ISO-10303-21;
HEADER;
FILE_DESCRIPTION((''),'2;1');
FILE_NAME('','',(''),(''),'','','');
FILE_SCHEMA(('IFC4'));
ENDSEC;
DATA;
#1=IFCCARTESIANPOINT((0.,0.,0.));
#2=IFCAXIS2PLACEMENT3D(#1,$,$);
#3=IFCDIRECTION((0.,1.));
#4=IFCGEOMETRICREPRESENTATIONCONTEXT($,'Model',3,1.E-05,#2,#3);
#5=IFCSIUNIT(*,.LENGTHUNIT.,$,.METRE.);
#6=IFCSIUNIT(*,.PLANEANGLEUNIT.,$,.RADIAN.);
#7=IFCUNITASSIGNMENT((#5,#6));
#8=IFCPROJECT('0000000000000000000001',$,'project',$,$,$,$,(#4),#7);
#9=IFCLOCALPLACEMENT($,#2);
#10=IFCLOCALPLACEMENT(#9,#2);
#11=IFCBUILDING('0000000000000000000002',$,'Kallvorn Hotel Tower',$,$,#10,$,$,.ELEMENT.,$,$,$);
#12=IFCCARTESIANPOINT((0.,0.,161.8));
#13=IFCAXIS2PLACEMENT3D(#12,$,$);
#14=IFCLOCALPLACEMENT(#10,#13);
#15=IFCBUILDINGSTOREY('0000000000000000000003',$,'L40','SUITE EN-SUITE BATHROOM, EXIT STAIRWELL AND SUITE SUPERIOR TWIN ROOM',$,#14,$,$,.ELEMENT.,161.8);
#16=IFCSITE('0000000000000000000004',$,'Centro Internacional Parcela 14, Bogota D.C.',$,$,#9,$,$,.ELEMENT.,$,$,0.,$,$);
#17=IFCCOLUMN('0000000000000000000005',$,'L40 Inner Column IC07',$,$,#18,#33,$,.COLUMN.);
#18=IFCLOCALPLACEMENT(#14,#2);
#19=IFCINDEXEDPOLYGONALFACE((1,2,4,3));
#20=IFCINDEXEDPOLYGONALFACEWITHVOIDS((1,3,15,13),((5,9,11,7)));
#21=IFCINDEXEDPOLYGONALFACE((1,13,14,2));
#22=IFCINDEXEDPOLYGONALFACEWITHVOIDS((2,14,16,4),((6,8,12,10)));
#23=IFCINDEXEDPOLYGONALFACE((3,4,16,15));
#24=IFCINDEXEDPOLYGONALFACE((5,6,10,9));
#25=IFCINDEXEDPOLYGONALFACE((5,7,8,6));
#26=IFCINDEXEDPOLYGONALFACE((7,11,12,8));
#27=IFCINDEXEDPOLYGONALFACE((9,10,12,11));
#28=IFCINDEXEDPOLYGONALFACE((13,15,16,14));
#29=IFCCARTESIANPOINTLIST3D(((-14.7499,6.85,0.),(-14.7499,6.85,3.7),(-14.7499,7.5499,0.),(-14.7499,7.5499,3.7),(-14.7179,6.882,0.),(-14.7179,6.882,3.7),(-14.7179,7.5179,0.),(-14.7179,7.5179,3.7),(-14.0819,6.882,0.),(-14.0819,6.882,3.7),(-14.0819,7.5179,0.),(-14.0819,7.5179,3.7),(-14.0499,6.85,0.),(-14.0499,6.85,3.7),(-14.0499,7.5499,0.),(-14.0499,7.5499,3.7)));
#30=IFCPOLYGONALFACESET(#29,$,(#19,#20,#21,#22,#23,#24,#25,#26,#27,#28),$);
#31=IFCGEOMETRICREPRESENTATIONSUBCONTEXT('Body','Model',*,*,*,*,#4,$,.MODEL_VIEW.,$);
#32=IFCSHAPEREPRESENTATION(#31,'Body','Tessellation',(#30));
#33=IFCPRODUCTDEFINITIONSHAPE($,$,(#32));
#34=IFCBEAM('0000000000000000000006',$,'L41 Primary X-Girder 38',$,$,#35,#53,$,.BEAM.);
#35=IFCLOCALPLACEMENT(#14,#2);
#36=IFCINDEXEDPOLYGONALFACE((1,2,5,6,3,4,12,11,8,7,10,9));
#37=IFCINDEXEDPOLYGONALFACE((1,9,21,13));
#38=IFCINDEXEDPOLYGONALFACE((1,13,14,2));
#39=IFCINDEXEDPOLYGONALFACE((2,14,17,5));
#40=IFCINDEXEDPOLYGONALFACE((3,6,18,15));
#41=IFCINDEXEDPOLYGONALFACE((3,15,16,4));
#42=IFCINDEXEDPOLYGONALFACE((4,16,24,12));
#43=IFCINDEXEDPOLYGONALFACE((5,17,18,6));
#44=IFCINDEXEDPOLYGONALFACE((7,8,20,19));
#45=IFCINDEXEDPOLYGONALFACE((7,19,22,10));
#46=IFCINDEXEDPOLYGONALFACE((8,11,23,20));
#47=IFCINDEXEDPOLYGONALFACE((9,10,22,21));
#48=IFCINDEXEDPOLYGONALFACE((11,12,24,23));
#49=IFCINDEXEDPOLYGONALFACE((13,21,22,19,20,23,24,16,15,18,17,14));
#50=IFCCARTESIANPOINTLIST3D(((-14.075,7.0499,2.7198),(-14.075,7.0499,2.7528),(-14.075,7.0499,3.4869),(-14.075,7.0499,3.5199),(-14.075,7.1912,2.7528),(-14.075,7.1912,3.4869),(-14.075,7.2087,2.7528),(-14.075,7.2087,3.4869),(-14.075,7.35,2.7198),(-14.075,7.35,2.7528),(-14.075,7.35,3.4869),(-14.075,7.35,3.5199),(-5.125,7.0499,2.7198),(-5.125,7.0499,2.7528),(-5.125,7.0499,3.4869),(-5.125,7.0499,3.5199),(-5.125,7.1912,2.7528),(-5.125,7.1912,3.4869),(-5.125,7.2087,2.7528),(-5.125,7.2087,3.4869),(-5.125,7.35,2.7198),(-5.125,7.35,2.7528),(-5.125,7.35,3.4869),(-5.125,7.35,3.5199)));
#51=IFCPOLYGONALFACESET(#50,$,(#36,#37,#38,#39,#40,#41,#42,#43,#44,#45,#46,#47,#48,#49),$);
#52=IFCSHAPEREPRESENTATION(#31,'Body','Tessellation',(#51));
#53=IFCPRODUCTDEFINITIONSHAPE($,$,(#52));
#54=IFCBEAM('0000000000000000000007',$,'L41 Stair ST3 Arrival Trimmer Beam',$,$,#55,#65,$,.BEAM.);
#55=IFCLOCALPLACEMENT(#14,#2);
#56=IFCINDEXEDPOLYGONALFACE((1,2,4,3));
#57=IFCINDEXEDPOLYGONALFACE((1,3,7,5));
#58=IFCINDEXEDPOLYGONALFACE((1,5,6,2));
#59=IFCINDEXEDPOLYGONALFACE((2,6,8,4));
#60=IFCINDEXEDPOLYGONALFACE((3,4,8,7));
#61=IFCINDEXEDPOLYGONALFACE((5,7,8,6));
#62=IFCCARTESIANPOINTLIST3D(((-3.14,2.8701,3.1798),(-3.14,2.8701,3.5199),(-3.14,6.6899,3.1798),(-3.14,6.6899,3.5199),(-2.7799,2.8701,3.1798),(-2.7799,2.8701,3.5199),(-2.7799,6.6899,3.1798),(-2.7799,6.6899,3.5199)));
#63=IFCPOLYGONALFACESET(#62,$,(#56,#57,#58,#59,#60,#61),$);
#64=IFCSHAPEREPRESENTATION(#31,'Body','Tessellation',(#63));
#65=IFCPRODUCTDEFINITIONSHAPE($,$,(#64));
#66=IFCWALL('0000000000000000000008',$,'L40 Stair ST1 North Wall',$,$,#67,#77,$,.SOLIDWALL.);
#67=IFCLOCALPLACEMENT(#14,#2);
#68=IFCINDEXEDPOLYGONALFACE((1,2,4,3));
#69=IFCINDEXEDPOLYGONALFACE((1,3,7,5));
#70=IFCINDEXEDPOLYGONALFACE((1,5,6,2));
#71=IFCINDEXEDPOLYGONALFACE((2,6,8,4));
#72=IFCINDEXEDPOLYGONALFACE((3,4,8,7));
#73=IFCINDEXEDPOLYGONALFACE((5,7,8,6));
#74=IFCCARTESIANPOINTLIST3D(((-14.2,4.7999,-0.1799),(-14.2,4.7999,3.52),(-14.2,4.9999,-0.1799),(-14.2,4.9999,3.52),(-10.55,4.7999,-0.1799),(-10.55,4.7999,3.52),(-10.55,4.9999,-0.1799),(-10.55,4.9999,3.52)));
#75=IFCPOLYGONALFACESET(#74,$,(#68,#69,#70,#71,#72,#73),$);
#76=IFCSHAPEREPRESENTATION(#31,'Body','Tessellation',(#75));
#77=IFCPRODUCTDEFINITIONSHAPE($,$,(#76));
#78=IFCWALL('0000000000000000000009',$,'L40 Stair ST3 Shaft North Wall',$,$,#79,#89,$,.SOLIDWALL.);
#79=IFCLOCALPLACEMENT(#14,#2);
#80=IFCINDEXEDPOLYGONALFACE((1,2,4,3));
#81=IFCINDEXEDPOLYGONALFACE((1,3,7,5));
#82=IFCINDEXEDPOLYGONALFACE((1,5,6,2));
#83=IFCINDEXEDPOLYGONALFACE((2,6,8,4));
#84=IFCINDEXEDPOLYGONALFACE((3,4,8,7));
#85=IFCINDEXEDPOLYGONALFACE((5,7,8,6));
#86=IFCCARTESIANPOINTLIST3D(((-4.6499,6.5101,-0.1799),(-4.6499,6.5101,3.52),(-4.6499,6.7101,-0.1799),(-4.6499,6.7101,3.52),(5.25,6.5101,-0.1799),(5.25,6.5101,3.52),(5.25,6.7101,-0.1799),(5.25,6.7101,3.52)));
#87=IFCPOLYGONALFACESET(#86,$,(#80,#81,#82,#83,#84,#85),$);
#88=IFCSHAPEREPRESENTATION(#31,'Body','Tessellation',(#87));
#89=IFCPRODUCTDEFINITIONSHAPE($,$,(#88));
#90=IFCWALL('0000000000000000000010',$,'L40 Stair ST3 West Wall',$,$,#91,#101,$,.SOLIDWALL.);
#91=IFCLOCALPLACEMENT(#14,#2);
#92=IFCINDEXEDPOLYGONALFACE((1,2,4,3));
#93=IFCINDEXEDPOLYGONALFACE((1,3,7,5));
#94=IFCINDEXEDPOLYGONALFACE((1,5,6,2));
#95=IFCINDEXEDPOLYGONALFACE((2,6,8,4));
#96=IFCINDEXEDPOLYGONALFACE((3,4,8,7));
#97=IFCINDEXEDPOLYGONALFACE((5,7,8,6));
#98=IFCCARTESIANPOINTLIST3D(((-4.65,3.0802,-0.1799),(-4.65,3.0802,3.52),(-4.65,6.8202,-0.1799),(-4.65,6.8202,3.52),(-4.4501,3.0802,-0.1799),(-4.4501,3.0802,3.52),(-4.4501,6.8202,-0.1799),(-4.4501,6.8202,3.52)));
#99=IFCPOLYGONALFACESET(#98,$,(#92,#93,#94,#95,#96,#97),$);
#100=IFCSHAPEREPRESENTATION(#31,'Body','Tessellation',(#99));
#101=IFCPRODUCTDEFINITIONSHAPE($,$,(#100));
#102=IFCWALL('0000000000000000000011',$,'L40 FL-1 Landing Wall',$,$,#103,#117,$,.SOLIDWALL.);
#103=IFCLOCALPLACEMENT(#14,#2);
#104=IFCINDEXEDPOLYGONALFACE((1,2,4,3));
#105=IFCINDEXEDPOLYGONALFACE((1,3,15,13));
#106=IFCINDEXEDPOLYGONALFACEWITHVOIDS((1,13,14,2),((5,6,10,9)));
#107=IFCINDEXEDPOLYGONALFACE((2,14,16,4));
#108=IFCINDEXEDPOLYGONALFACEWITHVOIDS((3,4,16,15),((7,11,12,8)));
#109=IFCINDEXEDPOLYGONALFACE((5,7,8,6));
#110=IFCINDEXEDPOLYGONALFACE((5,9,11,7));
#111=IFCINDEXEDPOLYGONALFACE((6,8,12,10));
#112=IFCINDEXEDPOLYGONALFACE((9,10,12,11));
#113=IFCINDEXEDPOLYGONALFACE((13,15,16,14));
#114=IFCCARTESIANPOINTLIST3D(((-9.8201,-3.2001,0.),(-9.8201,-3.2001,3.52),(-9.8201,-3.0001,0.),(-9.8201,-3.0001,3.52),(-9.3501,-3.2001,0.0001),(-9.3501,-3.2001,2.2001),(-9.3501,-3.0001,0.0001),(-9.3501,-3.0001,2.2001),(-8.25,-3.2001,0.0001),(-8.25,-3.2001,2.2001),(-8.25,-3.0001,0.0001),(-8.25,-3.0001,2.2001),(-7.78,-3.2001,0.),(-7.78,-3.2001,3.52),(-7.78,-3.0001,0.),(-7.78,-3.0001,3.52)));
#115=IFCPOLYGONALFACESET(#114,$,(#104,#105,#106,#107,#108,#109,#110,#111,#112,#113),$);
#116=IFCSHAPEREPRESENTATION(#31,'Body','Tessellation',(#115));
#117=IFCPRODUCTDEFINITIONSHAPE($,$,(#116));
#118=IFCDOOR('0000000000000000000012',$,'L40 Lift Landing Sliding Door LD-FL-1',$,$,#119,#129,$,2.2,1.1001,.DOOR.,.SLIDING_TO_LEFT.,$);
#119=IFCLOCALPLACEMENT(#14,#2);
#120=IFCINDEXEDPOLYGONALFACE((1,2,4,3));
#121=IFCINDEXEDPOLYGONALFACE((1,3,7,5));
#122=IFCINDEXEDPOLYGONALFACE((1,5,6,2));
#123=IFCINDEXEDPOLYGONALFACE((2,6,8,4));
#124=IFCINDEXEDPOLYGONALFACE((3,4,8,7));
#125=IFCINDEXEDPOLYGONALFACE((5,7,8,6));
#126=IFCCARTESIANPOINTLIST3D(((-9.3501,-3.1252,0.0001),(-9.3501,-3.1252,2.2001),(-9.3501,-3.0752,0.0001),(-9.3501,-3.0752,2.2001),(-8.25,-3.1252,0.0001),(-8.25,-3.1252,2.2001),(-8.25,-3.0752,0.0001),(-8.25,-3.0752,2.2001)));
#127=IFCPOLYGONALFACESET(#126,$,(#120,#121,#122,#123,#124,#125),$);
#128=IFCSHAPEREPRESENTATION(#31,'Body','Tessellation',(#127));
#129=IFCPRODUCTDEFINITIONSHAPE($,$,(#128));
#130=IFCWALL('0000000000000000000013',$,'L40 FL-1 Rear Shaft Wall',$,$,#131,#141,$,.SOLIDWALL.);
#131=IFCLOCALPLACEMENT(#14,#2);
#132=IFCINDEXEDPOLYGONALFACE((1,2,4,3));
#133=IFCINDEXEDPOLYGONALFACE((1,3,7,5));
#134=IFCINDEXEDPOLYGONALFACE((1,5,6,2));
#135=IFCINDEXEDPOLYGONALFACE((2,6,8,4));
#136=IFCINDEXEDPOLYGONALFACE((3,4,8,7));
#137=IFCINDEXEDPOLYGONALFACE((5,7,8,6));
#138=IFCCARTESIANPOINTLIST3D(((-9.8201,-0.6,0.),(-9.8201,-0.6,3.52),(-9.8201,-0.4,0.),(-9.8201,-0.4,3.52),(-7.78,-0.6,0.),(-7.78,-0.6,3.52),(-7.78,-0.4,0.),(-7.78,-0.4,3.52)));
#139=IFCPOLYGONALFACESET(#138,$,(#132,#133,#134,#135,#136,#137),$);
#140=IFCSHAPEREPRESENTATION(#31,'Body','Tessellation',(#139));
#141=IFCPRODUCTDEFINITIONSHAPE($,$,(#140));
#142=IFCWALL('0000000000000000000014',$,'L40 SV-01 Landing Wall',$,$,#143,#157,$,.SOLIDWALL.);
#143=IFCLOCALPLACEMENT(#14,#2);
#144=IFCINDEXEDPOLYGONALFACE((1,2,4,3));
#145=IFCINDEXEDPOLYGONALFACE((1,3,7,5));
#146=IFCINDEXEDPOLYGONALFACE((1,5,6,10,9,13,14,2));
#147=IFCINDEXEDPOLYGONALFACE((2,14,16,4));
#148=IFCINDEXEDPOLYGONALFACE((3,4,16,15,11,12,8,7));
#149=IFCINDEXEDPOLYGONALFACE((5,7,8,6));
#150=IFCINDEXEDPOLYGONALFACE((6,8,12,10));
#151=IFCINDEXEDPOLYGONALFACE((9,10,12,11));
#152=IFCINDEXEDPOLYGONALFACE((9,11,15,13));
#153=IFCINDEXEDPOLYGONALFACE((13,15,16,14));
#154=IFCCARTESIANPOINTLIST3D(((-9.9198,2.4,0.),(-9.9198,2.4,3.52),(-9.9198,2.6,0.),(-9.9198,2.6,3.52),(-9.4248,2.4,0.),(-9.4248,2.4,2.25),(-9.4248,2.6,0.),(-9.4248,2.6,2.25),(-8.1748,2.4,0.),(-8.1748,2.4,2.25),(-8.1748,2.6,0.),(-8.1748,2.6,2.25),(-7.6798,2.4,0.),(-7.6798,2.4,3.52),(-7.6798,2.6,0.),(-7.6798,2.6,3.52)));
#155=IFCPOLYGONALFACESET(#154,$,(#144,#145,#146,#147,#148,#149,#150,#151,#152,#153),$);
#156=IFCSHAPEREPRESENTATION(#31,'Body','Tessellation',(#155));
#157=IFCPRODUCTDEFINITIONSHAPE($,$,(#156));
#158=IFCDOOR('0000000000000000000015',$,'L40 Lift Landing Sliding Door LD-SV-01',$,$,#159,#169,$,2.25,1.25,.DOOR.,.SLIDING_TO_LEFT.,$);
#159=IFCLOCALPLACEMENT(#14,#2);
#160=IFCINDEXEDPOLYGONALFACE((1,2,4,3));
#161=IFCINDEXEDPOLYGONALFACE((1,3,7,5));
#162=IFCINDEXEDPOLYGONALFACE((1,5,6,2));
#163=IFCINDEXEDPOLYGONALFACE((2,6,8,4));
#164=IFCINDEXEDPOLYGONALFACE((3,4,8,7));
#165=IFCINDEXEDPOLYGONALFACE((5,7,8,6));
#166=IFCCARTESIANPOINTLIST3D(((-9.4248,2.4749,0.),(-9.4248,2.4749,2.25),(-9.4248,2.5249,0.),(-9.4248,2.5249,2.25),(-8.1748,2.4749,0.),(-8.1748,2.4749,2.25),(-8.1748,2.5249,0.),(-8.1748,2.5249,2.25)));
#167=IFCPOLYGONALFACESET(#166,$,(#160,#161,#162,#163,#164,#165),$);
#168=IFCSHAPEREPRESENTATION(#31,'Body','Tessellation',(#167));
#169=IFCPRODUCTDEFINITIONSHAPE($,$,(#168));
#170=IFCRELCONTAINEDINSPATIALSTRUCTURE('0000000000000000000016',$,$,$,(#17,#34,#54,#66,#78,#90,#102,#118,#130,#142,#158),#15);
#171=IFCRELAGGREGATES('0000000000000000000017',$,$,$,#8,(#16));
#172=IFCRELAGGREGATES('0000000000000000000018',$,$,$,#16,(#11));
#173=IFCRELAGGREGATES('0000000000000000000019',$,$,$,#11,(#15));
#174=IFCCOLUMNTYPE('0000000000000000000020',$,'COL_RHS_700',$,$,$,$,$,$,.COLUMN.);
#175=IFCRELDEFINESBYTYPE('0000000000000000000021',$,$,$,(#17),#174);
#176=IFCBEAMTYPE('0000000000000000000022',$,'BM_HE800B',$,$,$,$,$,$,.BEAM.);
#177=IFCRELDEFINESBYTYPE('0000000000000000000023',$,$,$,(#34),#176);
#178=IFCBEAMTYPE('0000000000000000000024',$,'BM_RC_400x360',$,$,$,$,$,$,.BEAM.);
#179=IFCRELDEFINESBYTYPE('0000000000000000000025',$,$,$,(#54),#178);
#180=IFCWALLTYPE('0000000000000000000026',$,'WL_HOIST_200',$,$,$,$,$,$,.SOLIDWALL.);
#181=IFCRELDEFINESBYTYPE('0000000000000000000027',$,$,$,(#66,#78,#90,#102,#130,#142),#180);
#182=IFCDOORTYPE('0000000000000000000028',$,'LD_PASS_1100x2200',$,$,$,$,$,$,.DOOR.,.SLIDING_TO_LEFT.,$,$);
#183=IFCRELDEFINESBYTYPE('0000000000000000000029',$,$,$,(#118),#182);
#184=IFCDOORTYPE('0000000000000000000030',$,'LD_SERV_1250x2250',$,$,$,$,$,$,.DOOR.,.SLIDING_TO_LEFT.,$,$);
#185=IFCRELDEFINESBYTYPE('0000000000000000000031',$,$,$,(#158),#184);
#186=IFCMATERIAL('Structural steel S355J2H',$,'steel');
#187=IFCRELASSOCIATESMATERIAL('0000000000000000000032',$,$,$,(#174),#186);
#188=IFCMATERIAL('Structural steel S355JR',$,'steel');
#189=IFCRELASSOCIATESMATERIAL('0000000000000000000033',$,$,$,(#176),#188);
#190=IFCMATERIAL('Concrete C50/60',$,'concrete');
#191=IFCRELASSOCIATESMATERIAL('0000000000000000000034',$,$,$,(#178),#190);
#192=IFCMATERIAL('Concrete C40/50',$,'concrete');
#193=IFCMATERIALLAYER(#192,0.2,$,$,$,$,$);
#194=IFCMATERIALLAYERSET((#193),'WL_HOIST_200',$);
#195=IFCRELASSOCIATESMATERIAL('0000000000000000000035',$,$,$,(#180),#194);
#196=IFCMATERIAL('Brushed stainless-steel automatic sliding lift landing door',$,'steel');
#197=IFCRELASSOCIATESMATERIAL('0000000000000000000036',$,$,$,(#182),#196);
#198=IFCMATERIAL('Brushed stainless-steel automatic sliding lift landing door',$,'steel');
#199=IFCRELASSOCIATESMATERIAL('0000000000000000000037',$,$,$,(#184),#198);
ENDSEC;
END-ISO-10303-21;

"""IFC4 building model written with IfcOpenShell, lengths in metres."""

from ifc_helpers import new_model, si_unit, direction, frame, frame_2d, origin, origin_2d, place, context, subcontext, project, spatial, rectangle, hollow_rectangle, i_section, extrude, material, layer, layer_set, material_profile, profile_set, type_object, element, fill, save


model = new_model("IFC4")

# Units and contexts
model_context = context("Model", 3, precision=1e-05, world=origin(), true_north=direction((0.0, 1.0)))
body_context = subcontext(model_context, "Body", "Model", "MODEL_VIEW")
ifc_project = project(units=[si_unit("LENGTHUNIT", "METRE"), si_unit("PLANEANGLEUNIT", "RADIAN")], contexts=[model_context])

# Site, building, storey
site_placement = place(None, origin())
site = spatial("IfcSite", under=ifc_project, at=site_placement, Name="Centro Internacional Parcela 14, Bogota D.C.", CompositionType="ELEMENT", RefElevation=0.0)
building_placement = place(site_placement, origin())
building = spatial("IfcBuilding", under=site, at=building_placement, Name="Kallvorn Hotel Tower", CompositionType="ELEMENT")
storey_placement = place(building_placement, frame((0.0, 0.0, 161.8)))
storey = spatial("IfcBuildingStorey", under=building, at=storey_placement, Name="L40", Description="SUITE EN-SUITE BATHROOM, EXIT STAIRWELL AND SUITE SUPERIOR TWIN ROOM", CompositionType="ELEMENT", Elevation=161.8)

# Column
ifc_material_1 = material(Name="Structural steel S355J2H", Category="steel")
ifc_material_profile_1 = material_profile(ifc_material_1, hollow_rectangle(XDim=0.7, YDim=0.7, WallThickness=0.032, at=origin_2d()), Name="RHS 700x700x32")
ifc_profile_set_1 = profile_set([ifc_material_profile_1], Name="Structural steel S355J2H")
column_type = type_object("IfcColumnType", Name="COL_RHS_700", PredefinedType="COLUMN", material=ifc_profile_set_1)
column_placement = place(storey_placement, frame((-14.3999, 7.2, 0.0), z_axis=(0.0, 0.0, 1.0), x_axis=(1.0, 0.0, 0.0)))
element("IfcColumn", 1, at=column_placement, inside=storey, type_object=column_type, Name="L40 Inner Column IC07", PredefinedType="COLUMN", context=body_context, shape_type="SweptSolid", body=[
    extrude(hollow_rectangle(XDim=0.7, YDim=0.7, WallThickness=0.032, at=origin_2d()), origin(), (0.0, 0.0, 1.0), 3.7),
])

# Beams
ifc_material_2 = material(Name="Structural steel S355JR", Category="steel")
ifc_material_profile_2 = material_profile(ifc_material_2, i_section(OverallWidth=0.3, OverallDepth=0.8, WebThickness=0.0176, FlangeThickness=0.033, at=origin_2d()), Name="HE 800 B")
ifc_profile_set_2 = profile_set([ifc_material_profile_2], Name="Structural steel S355JR")
beam_type_1 = type_object("IfcBeamType", Name="BM_HE800B", PredefinedType="BEAM", material=ifc_profile_set_2)
beam_1_placement = place(storey_placement, frame((-14.075, 7.2, 3.1199), z_axis=(1.0, 0.0, 0.0), x_axis=(0.0, 1.0, 0.0)))
element("IfcBeam", 2, at=beam_1_placement, inside=storey, type_object=beam_type_1, Name="L41 Primary X-Girder 38", PredefinedType="BEAM", context=body_context, shape_type="SweptSolid", body=[
    extrude(i_section(OverallWidth=0.3, OverallDepth=0.8, WebThickness=0.0176, FlangeThickness=0.033, at=origin_2d()), origin(), (0.0, 0.0, 1.0), 8.95),
])
ifc_material_3 = material(Name="Concrete C50/60", Category="concrete")
ifc_material_profile_3 = material_profile(ifc_material_3, rectangle(XDim=0.3601, YDim=0.3401, at=origin_2d()), Name="RC 360x340")
ifc_profile_set_3 = profile_set([ifc_material_profile_3], Name="Concrete C50/60")
beam_type_2 = type_object("IfcBeamType", Name="BM_RC_400x360", PredefinedType="BEAM", material=ifc_profile_set_3)
beam_2_placement = place(storey_placement, frame((-2.96, 2.8701, 3.3499), z_axis=(0.0, 1.0, 0.0), x_axis=(-1.0, 0.0, 0.0)))
element("IfcBeam", 3, at=beam_2_placement, inside=storey, type_object=beam_type_2, Name="L41 Stair ST3 Arrival Trimmer Beam", PredefinedType="BEAM", context=body_context, shape_type="SweptSolid", body=[
    extrude(rectangle(XDim=0.3601, YDim=0.3401, at=origin_2d()), origin(), (0.0, 0.0, 1.0), 3.8198),
])

# Walls
ifc_material_4 = material(Name="Concrete C40/50", Category="concrete")
ifc_layer_1 = layer(ifc_material_4, 0.2)
ifc_layer_set_1 = layer_set([ifc_layer_1], Name="WL_HOIST_200")
wall_type_1 = type_object("IfcWallType", Name="WL_HOIST_200", PredefinedType="SOLIDWALL", material=ifc_layer_set_1)
wall_1_placement = place(storey_placement, frame((-14.2, 4.8999, -0.1799), z_axis=(0.0, 0.0, 1.0), x_axis=(1.0, 0.0, 0.0)))
element("IfcWall", 4, at=wall_1_placement, inside=storey, type_object=wall_type_1, Name="L40 Stair ST1 North Wall", PredefinedType="SOLIDWALL", context=body_context, shape_type="SweptSolid", body=[
    extrude(rectangle(XDim=3.6499, YDim=0.2, at=frame_2d((1.825, 0.0))), origin(), (0.0, 0.0, 1.0), 3.7),
])
wall_2_placement = place(storey_placement, frame((-4.6499, 6.6101, -0.1799), z_axis=(0.0, 0.0, 1.0), x_axis=(1.0, 0.0, 0.0)))
element("IfcWall", 5, at=wall_2_placement, inside=storey, type_object=wall_type_1, Name="L40 Stair ST3 Shaft North Wall", PredefinedType="SOLIDWALL", context=body_context, shape_type="SweptSolid", body=[
    extrude(rectangle(XDim=9.8999, YDim=0.2, at=frame_2d((4.95, 0.0))), origin(), (0.0, 0.0, 1.0), 3.7),
])
wall_3_placement = place(storey_placement, frame((-4.55, 3.0801, -0.1799), z_axis=(0.0, 0.0, 1.0), x_axis=(0.0, 1.0, 0.0)))
element("IfcWall", 6, at=wall_3_placement, inside=storey, type_object=wall_type_1, Name="L40 Stair ST3 West Wall", PredefinedType="SOLIDWALL", context=body_context, shape_type="SweptSolid", body=[
    extrude(rectangle(XDim=3.74, YDim=0.2, at=frame_2d((1.8701, 0.0))), origin(), (0.0, 0.0, 1.0), 3.7),
])

# Wall, opening, door
wall_4_placement = place(storey_placement, frame((-9.8201, -3.1001, 0.0), z_axis=(0.0, 0.0, 1.0), x_axis=(1.0, 0.0, 0.0)))
wall_4 = element("IfcWall", 7, at=wall_4_placement, inside=storey, type_object=wall_type_1, Name="L40 FL-1 Landing Wall", PredefinedType="SOLIDWALL", context=body_context, shape_type="SweptSolid", body=[
    extrude(rectangle(XDim=2.04, YDim=0.2, at=frame_2d((1.02, 0.0))), origin(), (0.0, 0.0, 1.0), 3.52),
])
opening_1_placement = place(wall_4_placement, frame((0.47, 0.0, 0.0)))
opening_1 = element("IfcOpeningElement", 8, at=opening_1_placement, cuts=wall_4, PredefinedType="OPENING", context=body_context, shape_type="SweptSolid", body=[
    extrude(rectangle(XDim=1.1001, YDim=2.2, at=frame_2d((0.55, 1.1001))), frame((0.0, 0.115, 0.0), z_axis=(0.0, -1.0, 0.0), x_axis=(1.0, 0.0, 0.0)), (0.0, 0.0, 1.0), 0.23),
])
ifc_material_5 = material(Name="Brushed stainless-steel automatic sliding lift landing door", Category="steel")
door_type_1 = type_object("IfcDoorType", Name="LD_PASS_1100x2200", OperationType="SLIDING_TO_LEFT", PredefinedType="DOOR", material=ifc_material_5)
door_1_placement = place(opening_1_placement, origin())
door_1 = element("IfcDoor", 9, at=door_1_placement, inside=storey, type_object=door_type_1, Name="L40 Lift Landing Sliding Door LD-FL-1", OperationType="SLIDING_TO_LEFT", OverallHeight=2.2, OverallWidth=1.1001, PredefinedType="DOOR", context=body_context, shape_type="SweptSolid", body=[
    extrude(rectangle(XDim=1.1001, YDim=2.2, at=frame_2d((0.55, 1.1001))), frame((0.0, 0.0249, 0.0), z_axis=(0.0, -1.0, 0.0), x_axis=(1.0, 0.0, 0.0)), (0.0, 0.0, 1.0), 0.05),
])
fill(opening_1, door_1)

# Wall
wall_5_placement = place(storey_placement, frame((-9.8201, -0.5, 0.0), z_axis=(0.0, 0.0, 1.0), x_axis=(1.0, 0.0, 0.0)))
element("IfcWall", 10, at=wall_5_placement, inside=storey, type_object=wall_type_1, Name="L40 FL-1 Rear Shaft Wall", PredefinedType="SOLIDWALL", context=body_context, shape_type="SweptSolid", body=[
    extrude(rectangle(XDim=2.04, YDim=0.2, at=frame_2d((1.02, 0.0))), origin(), (0.0, 0.0, 1.0), 3.52),
])

# Wall, opening, door
wall_6_placement = place(storey_placement, frame((-9.9199, 2.5, 0.0), z_axis=(0.0, 0.0, 1.0), x_axis=(1.0, 0.0, 0.0)))
wall_6 = element("IfcWall", 11, at=wall_6_placement, inside=storey, type_object=wall_type_1, Name="L40 SV-01 Landing Wall", PredefinedType="SOLIDWALL", context=body_context, shape_type="SweptSolid", body=[
    extrude(rectangle(XDim=2.24, YDim=0.2, at=frame_2d((1.1201, 0.0))), origin(), (0.0, 0.0, 1.0), 3.52),
])
opening_2_placement = place(wall_6_placement, frame((0.4951, 0.0, 0.0)))
opening_2 = element("IfcOpeningElement", 12, at=opening_2_placement, cuts=wall_6, PredefinedType="OPENING", context=body_context, shape_type="SweptSolid", body=[
    extrude(rectangle(XDim=1.25, YDim=2.25, at=frame_2d((0.625, 1.125))), frame((0.0, 0.115, 0.0), z_axis=(0.0, -1.0, 0.0), x_axis=(1.0, 0.0, 0.0)), (0.0, 0.0, 1.0), 0.23),
])
ifc_material_6 = material(Name="Brushed stainless-steel automatic sliding lift landing door", Category="steel")
door_type_2 = type_object("IfcDoorType", Name="LD_SERV_1250x2250", OperationType="SLIDING_TO_LEFT", PredefinedType="DOOR", material=ifc_material_6)
door_2_placement = place(opening_2_placement, origin())
door_2 = element("IfcDoor", 13, at=door_2_placement, inside=storey, type_object=door_type_2, Name="L40 Lift Landing Sliding Door LD-SV-01", OperationType="SLIDING_TO_LEFT", OverallHeight=2.25, OverallWidth=1.25, PredefinedType="DOOR", context=body_context, shape_type="SweptSolid", body=[
    extrude(rectangle(XDim=1.25, YDim=2.25, at=frame_2d((0.625, 1.125))), frame((0.0, 0.0249, 0.0), z_axis=(0.0, -1.0, 0.0), x_axis=(1.0, 0.0, 0.0)), (0.0, 0.0, 1.0), 0.05),
])
fill(opening_2, door_2)

save(model, "model.ifc")
